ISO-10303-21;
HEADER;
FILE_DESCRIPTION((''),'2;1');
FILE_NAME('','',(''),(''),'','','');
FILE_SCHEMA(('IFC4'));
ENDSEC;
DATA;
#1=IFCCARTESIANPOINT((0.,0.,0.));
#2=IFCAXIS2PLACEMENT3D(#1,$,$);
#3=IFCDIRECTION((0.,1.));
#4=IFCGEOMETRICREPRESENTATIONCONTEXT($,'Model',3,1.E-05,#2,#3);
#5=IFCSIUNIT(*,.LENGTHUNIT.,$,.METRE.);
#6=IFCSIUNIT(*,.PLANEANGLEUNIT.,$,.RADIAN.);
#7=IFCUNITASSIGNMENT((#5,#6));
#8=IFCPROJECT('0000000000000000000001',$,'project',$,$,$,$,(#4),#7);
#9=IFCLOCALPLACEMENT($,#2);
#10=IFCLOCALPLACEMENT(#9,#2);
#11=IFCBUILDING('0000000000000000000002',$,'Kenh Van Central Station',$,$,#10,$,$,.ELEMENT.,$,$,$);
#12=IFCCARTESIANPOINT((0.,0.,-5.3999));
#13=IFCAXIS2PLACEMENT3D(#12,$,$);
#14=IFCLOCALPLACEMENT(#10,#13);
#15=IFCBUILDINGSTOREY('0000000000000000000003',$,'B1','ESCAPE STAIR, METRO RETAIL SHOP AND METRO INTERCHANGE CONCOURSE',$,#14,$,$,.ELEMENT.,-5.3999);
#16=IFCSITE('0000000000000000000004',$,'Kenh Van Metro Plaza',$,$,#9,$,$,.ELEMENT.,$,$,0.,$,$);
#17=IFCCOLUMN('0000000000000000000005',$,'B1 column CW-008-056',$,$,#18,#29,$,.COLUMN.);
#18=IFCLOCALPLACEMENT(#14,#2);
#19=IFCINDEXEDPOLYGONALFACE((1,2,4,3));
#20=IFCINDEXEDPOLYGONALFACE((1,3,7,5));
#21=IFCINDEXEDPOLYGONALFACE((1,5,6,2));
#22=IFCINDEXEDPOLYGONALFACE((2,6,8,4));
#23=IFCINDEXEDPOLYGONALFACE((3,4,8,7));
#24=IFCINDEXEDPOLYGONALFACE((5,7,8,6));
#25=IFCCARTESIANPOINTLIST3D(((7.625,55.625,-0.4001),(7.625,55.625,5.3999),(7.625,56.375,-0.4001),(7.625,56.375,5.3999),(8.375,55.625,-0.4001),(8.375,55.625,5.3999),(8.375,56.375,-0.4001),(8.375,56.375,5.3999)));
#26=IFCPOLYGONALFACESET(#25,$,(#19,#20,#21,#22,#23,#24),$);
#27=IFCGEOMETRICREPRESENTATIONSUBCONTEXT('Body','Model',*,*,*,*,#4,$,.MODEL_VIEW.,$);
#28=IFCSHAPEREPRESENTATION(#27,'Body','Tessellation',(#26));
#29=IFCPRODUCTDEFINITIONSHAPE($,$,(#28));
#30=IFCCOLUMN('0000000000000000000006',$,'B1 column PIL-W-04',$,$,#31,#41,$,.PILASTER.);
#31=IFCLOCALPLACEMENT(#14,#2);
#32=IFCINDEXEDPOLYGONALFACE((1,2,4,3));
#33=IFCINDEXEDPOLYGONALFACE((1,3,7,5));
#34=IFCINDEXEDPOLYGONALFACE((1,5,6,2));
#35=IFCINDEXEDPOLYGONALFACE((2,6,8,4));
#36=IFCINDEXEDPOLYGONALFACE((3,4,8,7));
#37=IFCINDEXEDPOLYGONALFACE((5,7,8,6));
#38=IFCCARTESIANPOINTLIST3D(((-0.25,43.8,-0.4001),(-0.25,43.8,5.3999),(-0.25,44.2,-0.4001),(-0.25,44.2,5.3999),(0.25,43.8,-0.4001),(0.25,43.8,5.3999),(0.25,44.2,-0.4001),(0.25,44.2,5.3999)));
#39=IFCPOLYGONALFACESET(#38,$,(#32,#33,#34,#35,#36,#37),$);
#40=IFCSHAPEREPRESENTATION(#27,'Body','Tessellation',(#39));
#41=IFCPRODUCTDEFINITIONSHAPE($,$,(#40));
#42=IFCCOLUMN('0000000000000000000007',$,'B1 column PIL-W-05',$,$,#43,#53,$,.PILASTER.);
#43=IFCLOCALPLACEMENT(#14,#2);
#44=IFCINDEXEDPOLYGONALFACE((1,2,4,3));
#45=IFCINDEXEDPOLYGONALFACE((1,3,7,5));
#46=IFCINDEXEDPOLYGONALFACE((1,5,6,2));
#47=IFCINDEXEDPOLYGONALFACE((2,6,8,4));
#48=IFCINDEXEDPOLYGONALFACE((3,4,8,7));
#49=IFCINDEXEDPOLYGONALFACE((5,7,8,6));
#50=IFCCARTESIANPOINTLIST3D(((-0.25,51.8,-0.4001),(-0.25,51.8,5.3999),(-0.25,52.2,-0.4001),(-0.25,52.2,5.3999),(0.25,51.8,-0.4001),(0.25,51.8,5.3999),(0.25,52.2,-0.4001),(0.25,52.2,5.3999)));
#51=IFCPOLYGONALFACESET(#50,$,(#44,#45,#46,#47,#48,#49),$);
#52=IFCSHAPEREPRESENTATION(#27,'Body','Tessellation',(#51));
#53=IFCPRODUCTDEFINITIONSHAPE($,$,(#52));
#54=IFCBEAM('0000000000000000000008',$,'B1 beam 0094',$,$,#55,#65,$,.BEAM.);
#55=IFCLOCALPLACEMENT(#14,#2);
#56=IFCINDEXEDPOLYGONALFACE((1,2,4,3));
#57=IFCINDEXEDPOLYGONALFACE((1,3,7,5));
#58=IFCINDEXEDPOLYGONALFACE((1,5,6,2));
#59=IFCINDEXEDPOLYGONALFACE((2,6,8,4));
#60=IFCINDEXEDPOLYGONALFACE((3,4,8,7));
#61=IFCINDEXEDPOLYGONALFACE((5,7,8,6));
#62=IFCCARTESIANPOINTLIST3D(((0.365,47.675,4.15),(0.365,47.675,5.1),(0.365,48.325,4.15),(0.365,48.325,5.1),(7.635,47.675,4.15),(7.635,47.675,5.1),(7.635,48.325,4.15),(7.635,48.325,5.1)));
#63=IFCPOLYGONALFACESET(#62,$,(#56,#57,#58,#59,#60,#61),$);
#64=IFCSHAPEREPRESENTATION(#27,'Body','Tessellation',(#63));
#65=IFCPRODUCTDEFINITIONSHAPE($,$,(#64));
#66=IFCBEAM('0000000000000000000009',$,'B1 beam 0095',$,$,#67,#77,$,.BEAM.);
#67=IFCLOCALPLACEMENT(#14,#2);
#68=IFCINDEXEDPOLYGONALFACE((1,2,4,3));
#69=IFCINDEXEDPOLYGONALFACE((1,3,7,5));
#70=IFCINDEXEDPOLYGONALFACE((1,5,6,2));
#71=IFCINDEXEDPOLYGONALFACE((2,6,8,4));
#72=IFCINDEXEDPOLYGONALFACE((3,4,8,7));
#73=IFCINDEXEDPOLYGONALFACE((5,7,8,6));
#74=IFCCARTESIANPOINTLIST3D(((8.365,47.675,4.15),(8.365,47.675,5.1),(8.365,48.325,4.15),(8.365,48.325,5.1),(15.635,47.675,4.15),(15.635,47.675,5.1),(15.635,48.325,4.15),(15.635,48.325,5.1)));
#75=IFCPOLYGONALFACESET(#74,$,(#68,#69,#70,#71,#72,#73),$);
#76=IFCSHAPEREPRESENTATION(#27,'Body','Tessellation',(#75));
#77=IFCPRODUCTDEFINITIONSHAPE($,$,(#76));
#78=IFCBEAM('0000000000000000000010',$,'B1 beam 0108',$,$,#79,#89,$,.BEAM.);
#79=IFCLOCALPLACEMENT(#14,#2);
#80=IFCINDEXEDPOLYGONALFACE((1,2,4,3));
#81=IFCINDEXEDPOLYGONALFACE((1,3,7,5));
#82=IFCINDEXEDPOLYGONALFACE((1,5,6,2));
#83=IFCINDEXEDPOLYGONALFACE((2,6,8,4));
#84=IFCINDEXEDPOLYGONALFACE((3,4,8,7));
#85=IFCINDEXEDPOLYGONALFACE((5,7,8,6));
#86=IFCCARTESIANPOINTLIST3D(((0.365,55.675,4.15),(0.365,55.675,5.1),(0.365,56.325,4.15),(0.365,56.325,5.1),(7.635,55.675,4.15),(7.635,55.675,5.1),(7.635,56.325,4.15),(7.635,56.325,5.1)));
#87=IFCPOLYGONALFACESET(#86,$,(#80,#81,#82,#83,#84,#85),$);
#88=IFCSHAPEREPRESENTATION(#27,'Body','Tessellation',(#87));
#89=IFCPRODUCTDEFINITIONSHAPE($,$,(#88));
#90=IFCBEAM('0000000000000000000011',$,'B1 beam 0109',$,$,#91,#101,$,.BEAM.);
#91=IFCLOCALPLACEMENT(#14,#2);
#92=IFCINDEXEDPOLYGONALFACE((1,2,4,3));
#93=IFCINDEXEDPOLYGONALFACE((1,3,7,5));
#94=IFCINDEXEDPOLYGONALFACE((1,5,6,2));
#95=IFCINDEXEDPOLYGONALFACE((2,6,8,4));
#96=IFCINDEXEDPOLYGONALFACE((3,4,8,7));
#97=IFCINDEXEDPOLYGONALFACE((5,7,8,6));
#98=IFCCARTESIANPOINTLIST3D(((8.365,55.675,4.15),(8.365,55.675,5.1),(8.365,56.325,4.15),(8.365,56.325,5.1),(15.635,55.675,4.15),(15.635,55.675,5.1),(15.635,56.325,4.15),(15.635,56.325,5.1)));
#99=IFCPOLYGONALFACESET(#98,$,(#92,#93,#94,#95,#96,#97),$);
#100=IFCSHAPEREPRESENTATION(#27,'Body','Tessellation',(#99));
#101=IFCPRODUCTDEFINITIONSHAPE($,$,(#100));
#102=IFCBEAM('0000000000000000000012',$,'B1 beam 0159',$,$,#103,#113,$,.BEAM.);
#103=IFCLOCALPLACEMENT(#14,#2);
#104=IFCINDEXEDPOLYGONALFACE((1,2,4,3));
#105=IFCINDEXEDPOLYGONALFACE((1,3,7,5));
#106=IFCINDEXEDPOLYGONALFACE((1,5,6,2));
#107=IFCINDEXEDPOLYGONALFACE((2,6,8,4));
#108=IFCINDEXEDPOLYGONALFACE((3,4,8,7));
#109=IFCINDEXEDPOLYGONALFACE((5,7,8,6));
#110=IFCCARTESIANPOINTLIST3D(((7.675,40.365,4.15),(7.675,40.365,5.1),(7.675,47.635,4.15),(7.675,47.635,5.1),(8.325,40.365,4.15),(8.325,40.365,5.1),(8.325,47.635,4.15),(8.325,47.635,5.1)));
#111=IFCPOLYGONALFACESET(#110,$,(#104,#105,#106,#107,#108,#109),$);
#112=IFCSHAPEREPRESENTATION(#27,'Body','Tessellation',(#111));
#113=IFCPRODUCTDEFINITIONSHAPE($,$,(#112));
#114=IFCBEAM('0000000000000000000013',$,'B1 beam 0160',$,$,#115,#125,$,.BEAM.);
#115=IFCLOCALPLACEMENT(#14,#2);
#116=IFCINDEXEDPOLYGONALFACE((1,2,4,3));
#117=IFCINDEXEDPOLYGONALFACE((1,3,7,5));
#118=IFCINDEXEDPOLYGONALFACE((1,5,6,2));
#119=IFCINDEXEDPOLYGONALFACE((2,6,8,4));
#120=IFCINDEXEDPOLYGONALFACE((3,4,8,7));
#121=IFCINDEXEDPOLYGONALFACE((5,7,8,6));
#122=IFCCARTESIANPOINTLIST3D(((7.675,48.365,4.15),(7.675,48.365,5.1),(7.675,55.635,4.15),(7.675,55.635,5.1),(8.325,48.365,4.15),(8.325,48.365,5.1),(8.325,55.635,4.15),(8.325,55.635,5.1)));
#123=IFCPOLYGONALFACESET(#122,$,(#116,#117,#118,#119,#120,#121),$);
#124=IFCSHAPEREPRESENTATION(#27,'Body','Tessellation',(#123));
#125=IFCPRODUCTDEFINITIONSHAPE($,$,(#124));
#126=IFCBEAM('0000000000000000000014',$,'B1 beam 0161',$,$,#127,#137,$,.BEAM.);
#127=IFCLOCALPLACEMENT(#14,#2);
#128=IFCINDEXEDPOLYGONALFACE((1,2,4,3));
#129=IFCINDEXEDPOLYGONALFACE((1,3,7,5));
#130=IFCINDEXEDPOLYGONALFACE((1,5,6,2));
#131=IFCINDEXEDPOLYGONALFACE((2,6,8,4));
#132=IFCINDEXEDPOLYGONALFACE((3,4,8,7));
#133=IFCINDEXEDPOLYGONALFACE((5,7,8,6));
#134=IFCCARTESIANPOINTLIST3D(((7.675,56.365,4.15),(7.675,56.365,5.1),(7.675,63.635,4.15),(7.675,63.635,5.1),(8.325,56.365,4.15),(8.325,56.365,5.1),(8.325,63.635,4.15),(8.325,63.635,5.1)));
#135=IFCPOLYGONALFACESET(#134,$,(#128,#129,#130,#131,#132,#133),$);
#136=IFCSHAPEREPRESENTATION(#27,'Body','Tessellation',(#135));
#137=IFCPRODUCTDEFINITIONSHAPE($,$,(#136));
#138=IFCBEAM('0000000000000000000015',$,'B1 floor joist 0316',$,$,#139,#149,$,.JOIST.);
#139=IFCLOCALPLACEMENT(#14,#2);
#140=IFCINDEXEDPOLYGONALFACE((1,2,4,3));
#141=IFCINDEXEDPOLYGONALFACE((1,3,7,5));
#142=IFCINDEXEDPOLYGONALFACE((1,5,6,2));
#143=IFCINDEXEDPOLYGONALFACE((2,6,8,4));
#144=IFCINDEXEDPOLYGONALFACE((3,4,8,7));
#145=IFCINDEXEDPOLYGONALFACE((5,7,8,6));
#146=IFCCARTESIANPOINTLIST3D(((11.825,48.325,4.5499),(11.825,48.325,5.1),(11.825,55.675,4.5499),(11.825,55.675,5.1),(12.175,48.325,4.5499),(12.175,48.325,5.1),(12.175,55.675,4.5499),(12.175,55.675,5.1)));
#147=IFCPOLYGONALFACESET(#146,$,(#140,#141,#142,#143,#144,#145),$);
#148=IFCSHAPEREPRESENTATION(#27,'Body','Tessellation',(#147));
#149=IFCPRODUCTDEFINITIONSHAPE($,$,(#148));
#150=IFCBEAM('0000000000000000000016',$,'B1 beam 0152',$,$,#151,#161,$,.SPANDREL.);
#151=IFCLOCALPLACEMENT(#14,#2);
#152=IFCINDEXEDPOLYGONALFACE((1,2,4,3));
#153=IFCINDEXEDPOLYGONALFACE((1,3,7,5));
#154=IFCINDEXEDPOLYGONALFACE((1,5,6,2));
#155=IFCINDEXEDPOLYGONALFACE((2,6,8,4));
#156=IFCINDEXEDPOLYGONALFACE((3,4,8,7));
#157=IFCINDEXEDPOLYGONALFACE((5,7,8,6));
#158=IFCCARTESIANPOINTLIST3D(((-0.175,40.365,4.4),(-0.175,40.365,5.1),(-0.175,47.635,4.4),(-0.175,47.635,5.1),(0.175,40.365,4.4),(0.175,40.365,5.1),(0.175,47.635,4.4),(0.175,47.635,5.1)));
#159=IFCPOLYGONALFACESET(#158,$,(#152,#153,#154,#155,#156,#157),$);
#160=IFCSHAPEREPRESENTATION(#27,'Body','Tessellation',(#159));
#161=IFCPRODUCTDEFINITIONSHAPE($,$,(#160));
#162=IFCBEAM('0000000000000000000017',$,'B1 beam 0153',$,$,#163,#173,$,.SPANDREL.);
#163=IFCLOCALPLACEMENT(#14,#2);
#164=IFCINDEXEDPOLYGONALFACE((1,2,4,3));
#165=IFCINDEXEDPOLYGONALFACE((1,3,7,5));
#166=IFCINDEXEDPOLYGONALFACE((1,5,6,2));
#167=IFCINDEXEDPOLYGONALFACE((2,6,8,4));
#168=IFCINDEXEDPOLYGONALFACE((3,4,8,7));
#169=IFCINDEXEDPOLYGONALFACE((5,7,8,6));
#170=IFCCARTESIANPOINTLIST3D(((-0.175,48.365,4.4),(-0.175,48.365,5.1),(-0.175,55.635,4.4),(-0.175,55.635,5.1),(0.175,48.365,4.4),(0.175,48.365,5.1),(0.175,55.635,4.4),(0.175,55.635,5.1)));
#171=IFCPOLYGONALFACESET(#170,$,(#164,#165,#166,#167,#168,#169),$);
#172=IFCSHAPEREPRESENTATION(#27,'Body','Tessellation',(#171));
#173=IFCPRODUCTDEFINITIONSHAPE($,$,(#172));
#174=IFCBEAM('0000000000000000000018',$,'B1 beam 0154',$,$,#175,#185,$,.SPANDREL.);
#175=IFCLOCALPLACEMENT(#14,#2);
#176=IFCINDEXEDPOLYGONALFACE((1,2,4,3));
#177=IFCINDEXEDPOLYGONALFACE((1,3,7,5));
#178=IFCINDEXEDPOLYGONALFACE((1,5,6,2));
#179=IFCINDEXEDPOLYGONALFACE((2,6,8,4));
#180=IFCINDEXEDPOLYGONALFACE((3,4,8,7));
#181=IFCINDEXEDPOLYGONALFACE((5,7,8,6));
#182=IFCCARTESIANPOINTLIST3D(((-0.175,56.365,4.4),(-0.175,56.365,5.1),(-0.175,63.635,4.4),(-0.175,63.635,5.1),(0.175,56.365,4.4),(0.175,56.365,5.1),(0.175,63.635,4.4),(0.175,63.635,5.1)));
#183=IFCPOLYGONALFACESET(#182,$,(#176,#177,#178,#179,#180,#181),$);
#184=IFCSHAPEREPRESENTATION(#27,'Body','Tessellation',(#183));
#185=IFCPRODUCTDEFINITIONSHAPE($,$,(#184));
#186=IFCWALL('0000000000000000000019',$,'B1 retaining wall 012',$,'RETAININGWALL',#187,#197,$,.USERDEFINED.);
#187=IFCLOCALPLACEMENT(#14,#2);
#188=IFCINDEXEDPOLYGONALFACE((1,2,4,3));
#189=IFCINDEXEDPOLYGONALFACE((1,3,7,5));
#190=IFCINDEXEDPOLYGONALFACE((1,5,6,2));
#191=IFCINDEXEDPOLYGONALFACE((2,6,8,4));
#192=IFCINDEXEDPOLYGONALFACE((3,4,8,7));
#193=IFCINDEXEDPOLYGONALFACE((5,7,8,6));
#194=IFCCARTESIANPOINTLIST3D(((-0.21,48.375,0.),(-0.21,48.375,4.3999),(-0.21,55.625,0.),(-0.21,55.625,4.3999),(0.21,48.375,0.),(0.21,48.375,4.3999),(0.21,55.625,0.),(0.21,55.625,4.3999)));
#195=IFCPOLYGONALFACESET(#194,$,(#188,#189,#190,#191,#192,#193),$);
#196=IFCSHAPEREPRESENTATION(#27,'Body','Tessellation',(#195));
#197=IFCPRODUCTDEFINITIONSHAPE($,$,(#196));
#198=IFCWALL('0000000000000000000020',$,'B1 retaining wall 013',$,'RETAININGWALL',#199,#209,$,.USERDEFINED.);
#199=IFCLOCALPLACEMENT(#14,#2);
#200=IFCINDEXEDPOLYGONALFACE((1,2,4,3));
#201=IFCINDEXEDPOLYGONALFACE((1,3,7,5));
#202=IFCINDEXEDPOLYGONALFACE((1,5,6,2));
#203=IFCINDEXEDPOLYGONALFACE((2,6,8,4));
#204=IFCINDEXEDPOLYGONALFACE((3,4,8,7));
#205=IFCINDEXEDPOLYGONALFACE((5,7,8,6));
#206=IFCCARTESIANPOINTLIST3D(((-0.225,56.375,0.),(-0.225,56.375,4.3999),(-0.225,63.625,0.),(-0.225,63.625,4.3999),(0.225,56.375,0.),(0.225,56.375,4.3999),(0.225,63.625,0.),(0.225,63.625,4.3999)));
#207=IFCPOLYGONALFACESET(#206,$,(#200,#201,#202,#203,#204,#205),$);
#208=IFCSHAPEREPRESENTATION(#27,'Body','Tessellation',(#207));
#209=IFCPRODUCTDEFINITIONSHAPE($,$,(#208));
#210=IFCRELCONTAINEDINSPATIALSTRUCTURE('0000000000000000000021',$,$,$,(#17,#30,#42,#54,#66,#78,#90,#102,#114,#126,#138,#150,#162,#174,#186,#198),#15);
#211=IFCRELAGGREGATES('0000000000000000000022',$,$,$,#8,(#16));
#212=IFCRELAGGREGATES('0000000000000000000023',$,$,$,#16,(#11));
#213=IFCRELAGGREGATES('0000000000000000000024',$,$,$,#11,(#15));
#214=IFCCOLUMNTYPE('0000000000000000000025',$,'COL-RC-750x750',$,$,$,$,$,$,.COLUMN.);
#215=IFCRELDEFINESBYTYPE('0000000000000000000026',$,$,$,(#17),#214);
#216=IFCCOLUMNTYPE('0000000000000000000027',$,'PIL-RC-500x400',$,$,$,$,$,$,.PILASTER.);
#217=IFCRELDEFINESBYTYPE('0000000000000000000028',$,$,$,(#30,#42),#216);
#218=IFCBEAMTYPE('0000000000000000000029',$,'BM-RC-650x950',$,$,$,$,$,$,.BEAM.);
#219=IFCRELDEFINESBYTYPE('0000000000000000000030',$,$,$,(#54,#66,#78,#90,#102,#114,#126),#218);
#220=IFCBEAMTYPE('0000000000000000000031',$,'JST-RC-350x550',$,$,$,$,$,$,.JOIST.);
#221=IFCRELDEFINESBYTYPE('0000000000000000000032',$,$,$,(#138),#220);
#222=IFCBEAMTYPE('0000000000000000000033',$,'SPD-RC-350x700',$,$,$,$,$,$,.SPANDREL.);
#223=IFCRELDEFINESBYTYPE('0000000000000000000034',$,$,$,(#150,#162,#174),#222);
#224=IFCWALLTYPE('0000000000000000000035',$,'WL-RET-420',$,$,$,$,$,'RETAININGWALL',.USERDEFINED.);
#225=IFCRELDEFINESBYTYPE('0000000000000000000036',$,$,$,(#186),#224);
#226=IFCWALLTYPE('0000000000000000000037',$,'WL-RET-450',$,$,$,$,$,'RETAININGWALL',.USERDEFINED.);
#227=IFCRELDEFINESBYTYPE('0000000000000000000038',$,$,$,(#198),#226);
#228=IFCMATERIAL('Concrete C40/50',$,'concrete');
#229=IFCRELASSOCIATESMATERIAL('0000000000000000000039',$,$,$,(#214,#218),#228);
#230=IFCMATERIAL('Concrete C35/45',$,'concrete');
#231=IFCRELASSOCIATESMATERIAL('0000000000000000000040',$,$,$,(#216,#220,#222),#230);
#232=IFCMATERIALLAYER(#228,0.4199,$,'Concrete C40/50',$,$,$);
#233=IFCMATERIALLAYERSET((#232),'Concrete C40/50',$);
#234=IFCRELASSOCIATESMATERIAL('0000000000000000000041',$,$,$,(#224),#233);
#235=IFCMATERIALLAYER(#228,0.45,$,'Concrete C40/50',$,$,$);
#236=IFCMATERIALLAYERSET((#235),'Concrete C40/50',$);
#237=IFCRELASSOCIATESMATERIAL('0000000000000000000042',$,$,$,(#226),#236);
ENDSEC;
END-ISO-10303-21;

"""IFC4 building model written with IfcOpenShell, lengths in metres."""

from ifc_helpers import new_model, si_unit, direction, frame, frame_2d, origin, origin_2d, place, context, subcontext, project, spatial, rectangle, extrude, material, layer, layer_set, material_profile, profile_set, type_object, element, save


model = new_model("IFC4")

# Units and contexts
model_context = context("Model", 3, precision=1e-05, world=origin(), true_north=direction((0.0, 1.0)))
body_context = subcontext(model_context, "Body", "Model", "MODEL_VIEW")
ifc_project = project(units=[si_unit("LENGTHUNIT", "METRE"), si_unit("PLANEANGLEUNIT", "RADIAN")], contexts=[model_context])

# Site, building, storey
site_placement = place(None, origin())
site = spatial("IfcSite", under=ifc_project, at=site_placement, Name="Kenh Van Metro Plaza", CompositionType="ELEMENT", RefElevation=0.0)
building_placement = place(site_placement, origin())
building = spatial("IfcBuilding", under=site, at=building_placement, Name="Kenh Van Central Station", CompositionType="ELEMENT")
storey_placement = place(building_placement, frame((0.0, 0.0, -5.3999)))
storey = spatial("IfcBuildingStorey", under=building, at=storey_placement, Name="B1", Description="ESCAPE STAIR, METRO RETAIL SHOP AND METRO INTERCHANGE CONCOURSE", CompositionType="ELEMENT", Elevation=-5.3999)

# Shared definitions
ifc_material_1 = material(Name="Concrete C40/50", Category="concrete")

# Columns
ifc_material_profile_1 = material_profile(ifc_material_1, rectangle(XDim=0.75, YDim=0.75, at=origin_2d()), Name="RC 750x750")
ifc_profile_set_1 = profile_set([ifc_material_profile_1], Name="Concrete C40/50")
column_type_1 = type_object("IfcColumnType", Name="COL-RC-750x750", PredefinedType="COLUMN", material=ifc_profile_set_1)
for number, where, z_axis, x_axis, name in (
    (1, (8.0, 56.0, -0.4001), (0.0, 0.0, 1.0), (1.0, 0.0, 0.0), "B1 column CW-008-056"),
):
    element("IfcColumn", number, at=place(storey_placement, frame(where, z_axis=z_axis, x_axis=x_axis)), inside=storey, type_object=column_type_1, Name=name, PredefinedType="COLUMN", context=body_context, shape_type="SweptSolid", body=[
        extrude(rectangle(XDim=0.75, YDim=0.75, at=origin_2d()), origin(), (0.0, 0.0, 1.0), 5.8),
    ])
ifc_material_2 = material(Name="Concrete C35/45", Category="concrete")
ifc_material_profile_2 = material_profile(ifc_material_2, rectangle(XDim=0.5, YDim=0.3999, at=origin_2d()), Name="RC 500x400")
ifc_profile_set_2 = profile_set([ifc_material_profile_2], Name="Concrete C35/45")
column_type_2 = type_object("IfcColumnType", Name="PIL-RC-500x400", PredefinedType="PILASTER", material=ifc_profile_set_2)
for number, where, z_axis, x_axis, name in (
    (2, (0.0, 44.0, -0.4001), (0.0, 0.0, 1.0), (1.0, 0.0, 0.0), "B1 column PIL-W-04"),
    (3, (0.0, 52.0, -0.4001), (0.0, 0.0, 1.0), (1.0, 0.0, 0.0), "B1 column PIL-W-05"),
):
    element("IfcColumn", number, at=place(storey_placement, frame(where, z_axis=z_axis, x_axis=x_axis)), inside=storey, type_object=column_type_2, Name=name, PredefinedType="PILASTER", context=body_context, shape_type="SweptSolid", body=[
        extrude(rectangle(XDim=0.5, YDim=0.3999, at=origin_2d()), origin(), (0.0, 0.0, 1.0), 5.8),
    ])

# Beams
ifc_material_profile_3 = material_profile(ifc_material_1, rectangle(XDim=0.6499, YDim=0.95, at=origin_2d()), Name="RC 650x950")
ifc_profile_set_3 = profile_set([ifc_material_profile_3], Name="Concrete C40/50")
beam_type_1 = type_object("IfcBeamType", Name="BM-RC-650x950", PredefinedType="BEAM", material=ifc_profile_set_3)
for number, where, z_axis, x_axis, name in (
    (4, (0.365, 48.0, 4.625), (1.0, 0.0, 0.0), (0.0, 1.0, 0.0), "B1 beam 0094"),
    (5, (8.365, 48.0, 4.625), (1.0, 0.0, 0.0), (0.0, 1.0, 0.0), "B1 beam 0095"),
    (6, (0.365, 56.0, 4.625), (1.0, 0.0, 0.0), (0.0, 1.0, 0.0), "B1 beam 0108"),
    (7, (8.365, 56.0, 4.625), (1.0, 0.0, 0.0), (0.0, 1.0, 0.0), "B1 beam 0109"),
    (8, (8.0, 40.365, 4.625), (0.0, 1.0, 0.0), (-1.0, 0.0, 0.0), "B1 beam 0159"),
    (9, (8.0, 48.365, 4.625), (0.0, 1.0, 0.0), (-1.0, 0.0, 0.0), "B1 beam 0160"),
    (10, (8.0, 56.365, 4.625), (0.0, 1.0, 0.0), (-1.0, 0.0, 0.0), "B1 beam 0161"),
):
    element("IfcBeam", number, at=place(storey_placement, frame(where, z_axis=z_axis, x_axis=x_axis)), inside=storey, type_object=beam_type_1, Name=name, PredefinedType="BEAM", context=body_context, shape_type="SweptSolid", body=[
        extrude(rectangle(XDim=0.6499, YDim=0.95, at=origin_2d()), origin(), (0.0, 0.0, 1.0), 7.27),
    ])
ifc_material_profile_4 = material_profile(ifc_material_2, rectangle(XDim=0.3501, YDim=0.55, at=origin_2d()), Name="RC 350x550")
ifc_profile_set_4 = profile_set([ifc_material_profile_4], Name="Concrete C35/45")
beam_type_2 = type_object("IfcBeamType", Name="JST-RC-350x550", PredefinedType="JOIST", material=ifc_profile_set_4)
beam_placement = place(storey_placement, frame((12.0, 48.325, 4.825), z_axis=(0.0, 1.0, 0.0), x_axis=(-1.0, 0.0, 0.0)))
element("IfcBeam", 11, at=beam_placement, inside=storey, type_object=beam_type_2, Name="B1 floor joist 0316", PredefinedType="JOIST", context=body_context, shape_type="SweptSolid", body=[
    extrude(rectangle(XDim=0.3501, YDim=0.55, at=origin_2d()), origin(), (0.0, 0.0, 1.0), 7.3501),
])
ifc_material_profile_5 = material_profile(ifc_material_2, rectangle(XDim=0.3501, YDim=0.7, at=origin_2d()), Name="RC 350x700")
ifc_profile_set_5 = profile_set([ifc_material_profile_5], Name="Concrete C35/45")
beam_type_3 = type_object("IfcBeamType", Name="SPD-RC-350x700", PredefinedType="SPANDREL", material=ifc_profile_set_5)
for number, where, z_axis, x_axis, name in (
    (12, (0.0, 40.365, 4.75), (0.0, 1.0, 0.0), (-1.0, 0.0, 0.0), "B1 beam 0152"),
    (13, (0.0, 48.365, 4.75), (0.0, 1.0, 0.0), (-1.0, 0.0, 0.0), "B1 beam 0153"),
    (14, (0.0, 56.365, 4.75), (0.0, 1.0, 0.0), (-1.0, 0.0, 0.0), "B1 beam 0154"),
):
    element("IfcBeam", number, at=place(storey_placement, frame(where, z_axis=z_axis, x_axis=x_axis)), inside=storey, type_object=beam_type_3, Name=name, PredefinedType="SPANDREL", context=body_context, shape_type="SweptSolid", body=[
        extrude(rectangle(XDim=0.3501, YDim=0.7, at=origin_2d()), origin(), (0.0, 0.0, 1.0), 7.27),
    ])

# Walls
ifc_layer_1 = layer(ifc_material_1, 0.4199, Name="Concrete C40/50")
ifc_layer_set_1 = layer_set([ifc_layer_1], Name="Concrete C40/50")
wall_type_1 = type_object("IfcWallType", Name="WL-RET-420", ElementType="RETAININGWALL", PredefinedType="USERDEFINED", material=ifc_layer_set_1)
wall_1_placement = place(storey_placement, frame((0.0, 48.375, 0.0), z_axis=(0.0, 0.0, 1.0), x_axis=(0.0, 1.0, 0.0)))
element("IfcWall", 15, at=wall_1_placement, inside=storey, type_object=wall_type_1, Name="B1 retaining wall 012", ObjectType="RETAININGWALL", PredefinedType="USERDEFINED", context=body_context, shape_type="SweptSolid", body=[
    extrude(rectangle(XDim=7.25, YDim=0.4199, at=frame_2d((3.625, 0.0))), origin(), (0.0, 0.0, 1.0), 4.3999),
])
ifc_layer_2 = layer(ifc_material_1, 0.45, Name="Concrete C40/50")
ifc_layer_set_2 = layer_set([ifc_layer_2], Name="Concrete C40/50")
wall_type_2 = type_object("IfcWallType", Name="WL-RET-450", ElementType="RETAININGWALL", PredefinedType="USERDEFINED", material=ifc_layer_set_2)
wall_2_placement = place(storey_placement, frame((0.0, 56.375, 0.0), z_axis=(0.0, 0.0, 1.0), x_axis=(0.0, 1.0, 0.0)))
element("IfcWall", 16, at=wall_2_placement, inside=storey, type_object=wall_type_2, Name="B1 retaining wall 013", ObjectType="RETAININGWALL", PredefinedType="USERDEFINED", context=body_context, shape_type="SweptSolid", body=[
    extrude(rectangle(XDim=7.25, YDim=0.45, at=frame_2d((3.625, 0.0))), origin(), (0.0, 0.0, 1.0), 4.3999),
])

save(model, "model.ifc")
